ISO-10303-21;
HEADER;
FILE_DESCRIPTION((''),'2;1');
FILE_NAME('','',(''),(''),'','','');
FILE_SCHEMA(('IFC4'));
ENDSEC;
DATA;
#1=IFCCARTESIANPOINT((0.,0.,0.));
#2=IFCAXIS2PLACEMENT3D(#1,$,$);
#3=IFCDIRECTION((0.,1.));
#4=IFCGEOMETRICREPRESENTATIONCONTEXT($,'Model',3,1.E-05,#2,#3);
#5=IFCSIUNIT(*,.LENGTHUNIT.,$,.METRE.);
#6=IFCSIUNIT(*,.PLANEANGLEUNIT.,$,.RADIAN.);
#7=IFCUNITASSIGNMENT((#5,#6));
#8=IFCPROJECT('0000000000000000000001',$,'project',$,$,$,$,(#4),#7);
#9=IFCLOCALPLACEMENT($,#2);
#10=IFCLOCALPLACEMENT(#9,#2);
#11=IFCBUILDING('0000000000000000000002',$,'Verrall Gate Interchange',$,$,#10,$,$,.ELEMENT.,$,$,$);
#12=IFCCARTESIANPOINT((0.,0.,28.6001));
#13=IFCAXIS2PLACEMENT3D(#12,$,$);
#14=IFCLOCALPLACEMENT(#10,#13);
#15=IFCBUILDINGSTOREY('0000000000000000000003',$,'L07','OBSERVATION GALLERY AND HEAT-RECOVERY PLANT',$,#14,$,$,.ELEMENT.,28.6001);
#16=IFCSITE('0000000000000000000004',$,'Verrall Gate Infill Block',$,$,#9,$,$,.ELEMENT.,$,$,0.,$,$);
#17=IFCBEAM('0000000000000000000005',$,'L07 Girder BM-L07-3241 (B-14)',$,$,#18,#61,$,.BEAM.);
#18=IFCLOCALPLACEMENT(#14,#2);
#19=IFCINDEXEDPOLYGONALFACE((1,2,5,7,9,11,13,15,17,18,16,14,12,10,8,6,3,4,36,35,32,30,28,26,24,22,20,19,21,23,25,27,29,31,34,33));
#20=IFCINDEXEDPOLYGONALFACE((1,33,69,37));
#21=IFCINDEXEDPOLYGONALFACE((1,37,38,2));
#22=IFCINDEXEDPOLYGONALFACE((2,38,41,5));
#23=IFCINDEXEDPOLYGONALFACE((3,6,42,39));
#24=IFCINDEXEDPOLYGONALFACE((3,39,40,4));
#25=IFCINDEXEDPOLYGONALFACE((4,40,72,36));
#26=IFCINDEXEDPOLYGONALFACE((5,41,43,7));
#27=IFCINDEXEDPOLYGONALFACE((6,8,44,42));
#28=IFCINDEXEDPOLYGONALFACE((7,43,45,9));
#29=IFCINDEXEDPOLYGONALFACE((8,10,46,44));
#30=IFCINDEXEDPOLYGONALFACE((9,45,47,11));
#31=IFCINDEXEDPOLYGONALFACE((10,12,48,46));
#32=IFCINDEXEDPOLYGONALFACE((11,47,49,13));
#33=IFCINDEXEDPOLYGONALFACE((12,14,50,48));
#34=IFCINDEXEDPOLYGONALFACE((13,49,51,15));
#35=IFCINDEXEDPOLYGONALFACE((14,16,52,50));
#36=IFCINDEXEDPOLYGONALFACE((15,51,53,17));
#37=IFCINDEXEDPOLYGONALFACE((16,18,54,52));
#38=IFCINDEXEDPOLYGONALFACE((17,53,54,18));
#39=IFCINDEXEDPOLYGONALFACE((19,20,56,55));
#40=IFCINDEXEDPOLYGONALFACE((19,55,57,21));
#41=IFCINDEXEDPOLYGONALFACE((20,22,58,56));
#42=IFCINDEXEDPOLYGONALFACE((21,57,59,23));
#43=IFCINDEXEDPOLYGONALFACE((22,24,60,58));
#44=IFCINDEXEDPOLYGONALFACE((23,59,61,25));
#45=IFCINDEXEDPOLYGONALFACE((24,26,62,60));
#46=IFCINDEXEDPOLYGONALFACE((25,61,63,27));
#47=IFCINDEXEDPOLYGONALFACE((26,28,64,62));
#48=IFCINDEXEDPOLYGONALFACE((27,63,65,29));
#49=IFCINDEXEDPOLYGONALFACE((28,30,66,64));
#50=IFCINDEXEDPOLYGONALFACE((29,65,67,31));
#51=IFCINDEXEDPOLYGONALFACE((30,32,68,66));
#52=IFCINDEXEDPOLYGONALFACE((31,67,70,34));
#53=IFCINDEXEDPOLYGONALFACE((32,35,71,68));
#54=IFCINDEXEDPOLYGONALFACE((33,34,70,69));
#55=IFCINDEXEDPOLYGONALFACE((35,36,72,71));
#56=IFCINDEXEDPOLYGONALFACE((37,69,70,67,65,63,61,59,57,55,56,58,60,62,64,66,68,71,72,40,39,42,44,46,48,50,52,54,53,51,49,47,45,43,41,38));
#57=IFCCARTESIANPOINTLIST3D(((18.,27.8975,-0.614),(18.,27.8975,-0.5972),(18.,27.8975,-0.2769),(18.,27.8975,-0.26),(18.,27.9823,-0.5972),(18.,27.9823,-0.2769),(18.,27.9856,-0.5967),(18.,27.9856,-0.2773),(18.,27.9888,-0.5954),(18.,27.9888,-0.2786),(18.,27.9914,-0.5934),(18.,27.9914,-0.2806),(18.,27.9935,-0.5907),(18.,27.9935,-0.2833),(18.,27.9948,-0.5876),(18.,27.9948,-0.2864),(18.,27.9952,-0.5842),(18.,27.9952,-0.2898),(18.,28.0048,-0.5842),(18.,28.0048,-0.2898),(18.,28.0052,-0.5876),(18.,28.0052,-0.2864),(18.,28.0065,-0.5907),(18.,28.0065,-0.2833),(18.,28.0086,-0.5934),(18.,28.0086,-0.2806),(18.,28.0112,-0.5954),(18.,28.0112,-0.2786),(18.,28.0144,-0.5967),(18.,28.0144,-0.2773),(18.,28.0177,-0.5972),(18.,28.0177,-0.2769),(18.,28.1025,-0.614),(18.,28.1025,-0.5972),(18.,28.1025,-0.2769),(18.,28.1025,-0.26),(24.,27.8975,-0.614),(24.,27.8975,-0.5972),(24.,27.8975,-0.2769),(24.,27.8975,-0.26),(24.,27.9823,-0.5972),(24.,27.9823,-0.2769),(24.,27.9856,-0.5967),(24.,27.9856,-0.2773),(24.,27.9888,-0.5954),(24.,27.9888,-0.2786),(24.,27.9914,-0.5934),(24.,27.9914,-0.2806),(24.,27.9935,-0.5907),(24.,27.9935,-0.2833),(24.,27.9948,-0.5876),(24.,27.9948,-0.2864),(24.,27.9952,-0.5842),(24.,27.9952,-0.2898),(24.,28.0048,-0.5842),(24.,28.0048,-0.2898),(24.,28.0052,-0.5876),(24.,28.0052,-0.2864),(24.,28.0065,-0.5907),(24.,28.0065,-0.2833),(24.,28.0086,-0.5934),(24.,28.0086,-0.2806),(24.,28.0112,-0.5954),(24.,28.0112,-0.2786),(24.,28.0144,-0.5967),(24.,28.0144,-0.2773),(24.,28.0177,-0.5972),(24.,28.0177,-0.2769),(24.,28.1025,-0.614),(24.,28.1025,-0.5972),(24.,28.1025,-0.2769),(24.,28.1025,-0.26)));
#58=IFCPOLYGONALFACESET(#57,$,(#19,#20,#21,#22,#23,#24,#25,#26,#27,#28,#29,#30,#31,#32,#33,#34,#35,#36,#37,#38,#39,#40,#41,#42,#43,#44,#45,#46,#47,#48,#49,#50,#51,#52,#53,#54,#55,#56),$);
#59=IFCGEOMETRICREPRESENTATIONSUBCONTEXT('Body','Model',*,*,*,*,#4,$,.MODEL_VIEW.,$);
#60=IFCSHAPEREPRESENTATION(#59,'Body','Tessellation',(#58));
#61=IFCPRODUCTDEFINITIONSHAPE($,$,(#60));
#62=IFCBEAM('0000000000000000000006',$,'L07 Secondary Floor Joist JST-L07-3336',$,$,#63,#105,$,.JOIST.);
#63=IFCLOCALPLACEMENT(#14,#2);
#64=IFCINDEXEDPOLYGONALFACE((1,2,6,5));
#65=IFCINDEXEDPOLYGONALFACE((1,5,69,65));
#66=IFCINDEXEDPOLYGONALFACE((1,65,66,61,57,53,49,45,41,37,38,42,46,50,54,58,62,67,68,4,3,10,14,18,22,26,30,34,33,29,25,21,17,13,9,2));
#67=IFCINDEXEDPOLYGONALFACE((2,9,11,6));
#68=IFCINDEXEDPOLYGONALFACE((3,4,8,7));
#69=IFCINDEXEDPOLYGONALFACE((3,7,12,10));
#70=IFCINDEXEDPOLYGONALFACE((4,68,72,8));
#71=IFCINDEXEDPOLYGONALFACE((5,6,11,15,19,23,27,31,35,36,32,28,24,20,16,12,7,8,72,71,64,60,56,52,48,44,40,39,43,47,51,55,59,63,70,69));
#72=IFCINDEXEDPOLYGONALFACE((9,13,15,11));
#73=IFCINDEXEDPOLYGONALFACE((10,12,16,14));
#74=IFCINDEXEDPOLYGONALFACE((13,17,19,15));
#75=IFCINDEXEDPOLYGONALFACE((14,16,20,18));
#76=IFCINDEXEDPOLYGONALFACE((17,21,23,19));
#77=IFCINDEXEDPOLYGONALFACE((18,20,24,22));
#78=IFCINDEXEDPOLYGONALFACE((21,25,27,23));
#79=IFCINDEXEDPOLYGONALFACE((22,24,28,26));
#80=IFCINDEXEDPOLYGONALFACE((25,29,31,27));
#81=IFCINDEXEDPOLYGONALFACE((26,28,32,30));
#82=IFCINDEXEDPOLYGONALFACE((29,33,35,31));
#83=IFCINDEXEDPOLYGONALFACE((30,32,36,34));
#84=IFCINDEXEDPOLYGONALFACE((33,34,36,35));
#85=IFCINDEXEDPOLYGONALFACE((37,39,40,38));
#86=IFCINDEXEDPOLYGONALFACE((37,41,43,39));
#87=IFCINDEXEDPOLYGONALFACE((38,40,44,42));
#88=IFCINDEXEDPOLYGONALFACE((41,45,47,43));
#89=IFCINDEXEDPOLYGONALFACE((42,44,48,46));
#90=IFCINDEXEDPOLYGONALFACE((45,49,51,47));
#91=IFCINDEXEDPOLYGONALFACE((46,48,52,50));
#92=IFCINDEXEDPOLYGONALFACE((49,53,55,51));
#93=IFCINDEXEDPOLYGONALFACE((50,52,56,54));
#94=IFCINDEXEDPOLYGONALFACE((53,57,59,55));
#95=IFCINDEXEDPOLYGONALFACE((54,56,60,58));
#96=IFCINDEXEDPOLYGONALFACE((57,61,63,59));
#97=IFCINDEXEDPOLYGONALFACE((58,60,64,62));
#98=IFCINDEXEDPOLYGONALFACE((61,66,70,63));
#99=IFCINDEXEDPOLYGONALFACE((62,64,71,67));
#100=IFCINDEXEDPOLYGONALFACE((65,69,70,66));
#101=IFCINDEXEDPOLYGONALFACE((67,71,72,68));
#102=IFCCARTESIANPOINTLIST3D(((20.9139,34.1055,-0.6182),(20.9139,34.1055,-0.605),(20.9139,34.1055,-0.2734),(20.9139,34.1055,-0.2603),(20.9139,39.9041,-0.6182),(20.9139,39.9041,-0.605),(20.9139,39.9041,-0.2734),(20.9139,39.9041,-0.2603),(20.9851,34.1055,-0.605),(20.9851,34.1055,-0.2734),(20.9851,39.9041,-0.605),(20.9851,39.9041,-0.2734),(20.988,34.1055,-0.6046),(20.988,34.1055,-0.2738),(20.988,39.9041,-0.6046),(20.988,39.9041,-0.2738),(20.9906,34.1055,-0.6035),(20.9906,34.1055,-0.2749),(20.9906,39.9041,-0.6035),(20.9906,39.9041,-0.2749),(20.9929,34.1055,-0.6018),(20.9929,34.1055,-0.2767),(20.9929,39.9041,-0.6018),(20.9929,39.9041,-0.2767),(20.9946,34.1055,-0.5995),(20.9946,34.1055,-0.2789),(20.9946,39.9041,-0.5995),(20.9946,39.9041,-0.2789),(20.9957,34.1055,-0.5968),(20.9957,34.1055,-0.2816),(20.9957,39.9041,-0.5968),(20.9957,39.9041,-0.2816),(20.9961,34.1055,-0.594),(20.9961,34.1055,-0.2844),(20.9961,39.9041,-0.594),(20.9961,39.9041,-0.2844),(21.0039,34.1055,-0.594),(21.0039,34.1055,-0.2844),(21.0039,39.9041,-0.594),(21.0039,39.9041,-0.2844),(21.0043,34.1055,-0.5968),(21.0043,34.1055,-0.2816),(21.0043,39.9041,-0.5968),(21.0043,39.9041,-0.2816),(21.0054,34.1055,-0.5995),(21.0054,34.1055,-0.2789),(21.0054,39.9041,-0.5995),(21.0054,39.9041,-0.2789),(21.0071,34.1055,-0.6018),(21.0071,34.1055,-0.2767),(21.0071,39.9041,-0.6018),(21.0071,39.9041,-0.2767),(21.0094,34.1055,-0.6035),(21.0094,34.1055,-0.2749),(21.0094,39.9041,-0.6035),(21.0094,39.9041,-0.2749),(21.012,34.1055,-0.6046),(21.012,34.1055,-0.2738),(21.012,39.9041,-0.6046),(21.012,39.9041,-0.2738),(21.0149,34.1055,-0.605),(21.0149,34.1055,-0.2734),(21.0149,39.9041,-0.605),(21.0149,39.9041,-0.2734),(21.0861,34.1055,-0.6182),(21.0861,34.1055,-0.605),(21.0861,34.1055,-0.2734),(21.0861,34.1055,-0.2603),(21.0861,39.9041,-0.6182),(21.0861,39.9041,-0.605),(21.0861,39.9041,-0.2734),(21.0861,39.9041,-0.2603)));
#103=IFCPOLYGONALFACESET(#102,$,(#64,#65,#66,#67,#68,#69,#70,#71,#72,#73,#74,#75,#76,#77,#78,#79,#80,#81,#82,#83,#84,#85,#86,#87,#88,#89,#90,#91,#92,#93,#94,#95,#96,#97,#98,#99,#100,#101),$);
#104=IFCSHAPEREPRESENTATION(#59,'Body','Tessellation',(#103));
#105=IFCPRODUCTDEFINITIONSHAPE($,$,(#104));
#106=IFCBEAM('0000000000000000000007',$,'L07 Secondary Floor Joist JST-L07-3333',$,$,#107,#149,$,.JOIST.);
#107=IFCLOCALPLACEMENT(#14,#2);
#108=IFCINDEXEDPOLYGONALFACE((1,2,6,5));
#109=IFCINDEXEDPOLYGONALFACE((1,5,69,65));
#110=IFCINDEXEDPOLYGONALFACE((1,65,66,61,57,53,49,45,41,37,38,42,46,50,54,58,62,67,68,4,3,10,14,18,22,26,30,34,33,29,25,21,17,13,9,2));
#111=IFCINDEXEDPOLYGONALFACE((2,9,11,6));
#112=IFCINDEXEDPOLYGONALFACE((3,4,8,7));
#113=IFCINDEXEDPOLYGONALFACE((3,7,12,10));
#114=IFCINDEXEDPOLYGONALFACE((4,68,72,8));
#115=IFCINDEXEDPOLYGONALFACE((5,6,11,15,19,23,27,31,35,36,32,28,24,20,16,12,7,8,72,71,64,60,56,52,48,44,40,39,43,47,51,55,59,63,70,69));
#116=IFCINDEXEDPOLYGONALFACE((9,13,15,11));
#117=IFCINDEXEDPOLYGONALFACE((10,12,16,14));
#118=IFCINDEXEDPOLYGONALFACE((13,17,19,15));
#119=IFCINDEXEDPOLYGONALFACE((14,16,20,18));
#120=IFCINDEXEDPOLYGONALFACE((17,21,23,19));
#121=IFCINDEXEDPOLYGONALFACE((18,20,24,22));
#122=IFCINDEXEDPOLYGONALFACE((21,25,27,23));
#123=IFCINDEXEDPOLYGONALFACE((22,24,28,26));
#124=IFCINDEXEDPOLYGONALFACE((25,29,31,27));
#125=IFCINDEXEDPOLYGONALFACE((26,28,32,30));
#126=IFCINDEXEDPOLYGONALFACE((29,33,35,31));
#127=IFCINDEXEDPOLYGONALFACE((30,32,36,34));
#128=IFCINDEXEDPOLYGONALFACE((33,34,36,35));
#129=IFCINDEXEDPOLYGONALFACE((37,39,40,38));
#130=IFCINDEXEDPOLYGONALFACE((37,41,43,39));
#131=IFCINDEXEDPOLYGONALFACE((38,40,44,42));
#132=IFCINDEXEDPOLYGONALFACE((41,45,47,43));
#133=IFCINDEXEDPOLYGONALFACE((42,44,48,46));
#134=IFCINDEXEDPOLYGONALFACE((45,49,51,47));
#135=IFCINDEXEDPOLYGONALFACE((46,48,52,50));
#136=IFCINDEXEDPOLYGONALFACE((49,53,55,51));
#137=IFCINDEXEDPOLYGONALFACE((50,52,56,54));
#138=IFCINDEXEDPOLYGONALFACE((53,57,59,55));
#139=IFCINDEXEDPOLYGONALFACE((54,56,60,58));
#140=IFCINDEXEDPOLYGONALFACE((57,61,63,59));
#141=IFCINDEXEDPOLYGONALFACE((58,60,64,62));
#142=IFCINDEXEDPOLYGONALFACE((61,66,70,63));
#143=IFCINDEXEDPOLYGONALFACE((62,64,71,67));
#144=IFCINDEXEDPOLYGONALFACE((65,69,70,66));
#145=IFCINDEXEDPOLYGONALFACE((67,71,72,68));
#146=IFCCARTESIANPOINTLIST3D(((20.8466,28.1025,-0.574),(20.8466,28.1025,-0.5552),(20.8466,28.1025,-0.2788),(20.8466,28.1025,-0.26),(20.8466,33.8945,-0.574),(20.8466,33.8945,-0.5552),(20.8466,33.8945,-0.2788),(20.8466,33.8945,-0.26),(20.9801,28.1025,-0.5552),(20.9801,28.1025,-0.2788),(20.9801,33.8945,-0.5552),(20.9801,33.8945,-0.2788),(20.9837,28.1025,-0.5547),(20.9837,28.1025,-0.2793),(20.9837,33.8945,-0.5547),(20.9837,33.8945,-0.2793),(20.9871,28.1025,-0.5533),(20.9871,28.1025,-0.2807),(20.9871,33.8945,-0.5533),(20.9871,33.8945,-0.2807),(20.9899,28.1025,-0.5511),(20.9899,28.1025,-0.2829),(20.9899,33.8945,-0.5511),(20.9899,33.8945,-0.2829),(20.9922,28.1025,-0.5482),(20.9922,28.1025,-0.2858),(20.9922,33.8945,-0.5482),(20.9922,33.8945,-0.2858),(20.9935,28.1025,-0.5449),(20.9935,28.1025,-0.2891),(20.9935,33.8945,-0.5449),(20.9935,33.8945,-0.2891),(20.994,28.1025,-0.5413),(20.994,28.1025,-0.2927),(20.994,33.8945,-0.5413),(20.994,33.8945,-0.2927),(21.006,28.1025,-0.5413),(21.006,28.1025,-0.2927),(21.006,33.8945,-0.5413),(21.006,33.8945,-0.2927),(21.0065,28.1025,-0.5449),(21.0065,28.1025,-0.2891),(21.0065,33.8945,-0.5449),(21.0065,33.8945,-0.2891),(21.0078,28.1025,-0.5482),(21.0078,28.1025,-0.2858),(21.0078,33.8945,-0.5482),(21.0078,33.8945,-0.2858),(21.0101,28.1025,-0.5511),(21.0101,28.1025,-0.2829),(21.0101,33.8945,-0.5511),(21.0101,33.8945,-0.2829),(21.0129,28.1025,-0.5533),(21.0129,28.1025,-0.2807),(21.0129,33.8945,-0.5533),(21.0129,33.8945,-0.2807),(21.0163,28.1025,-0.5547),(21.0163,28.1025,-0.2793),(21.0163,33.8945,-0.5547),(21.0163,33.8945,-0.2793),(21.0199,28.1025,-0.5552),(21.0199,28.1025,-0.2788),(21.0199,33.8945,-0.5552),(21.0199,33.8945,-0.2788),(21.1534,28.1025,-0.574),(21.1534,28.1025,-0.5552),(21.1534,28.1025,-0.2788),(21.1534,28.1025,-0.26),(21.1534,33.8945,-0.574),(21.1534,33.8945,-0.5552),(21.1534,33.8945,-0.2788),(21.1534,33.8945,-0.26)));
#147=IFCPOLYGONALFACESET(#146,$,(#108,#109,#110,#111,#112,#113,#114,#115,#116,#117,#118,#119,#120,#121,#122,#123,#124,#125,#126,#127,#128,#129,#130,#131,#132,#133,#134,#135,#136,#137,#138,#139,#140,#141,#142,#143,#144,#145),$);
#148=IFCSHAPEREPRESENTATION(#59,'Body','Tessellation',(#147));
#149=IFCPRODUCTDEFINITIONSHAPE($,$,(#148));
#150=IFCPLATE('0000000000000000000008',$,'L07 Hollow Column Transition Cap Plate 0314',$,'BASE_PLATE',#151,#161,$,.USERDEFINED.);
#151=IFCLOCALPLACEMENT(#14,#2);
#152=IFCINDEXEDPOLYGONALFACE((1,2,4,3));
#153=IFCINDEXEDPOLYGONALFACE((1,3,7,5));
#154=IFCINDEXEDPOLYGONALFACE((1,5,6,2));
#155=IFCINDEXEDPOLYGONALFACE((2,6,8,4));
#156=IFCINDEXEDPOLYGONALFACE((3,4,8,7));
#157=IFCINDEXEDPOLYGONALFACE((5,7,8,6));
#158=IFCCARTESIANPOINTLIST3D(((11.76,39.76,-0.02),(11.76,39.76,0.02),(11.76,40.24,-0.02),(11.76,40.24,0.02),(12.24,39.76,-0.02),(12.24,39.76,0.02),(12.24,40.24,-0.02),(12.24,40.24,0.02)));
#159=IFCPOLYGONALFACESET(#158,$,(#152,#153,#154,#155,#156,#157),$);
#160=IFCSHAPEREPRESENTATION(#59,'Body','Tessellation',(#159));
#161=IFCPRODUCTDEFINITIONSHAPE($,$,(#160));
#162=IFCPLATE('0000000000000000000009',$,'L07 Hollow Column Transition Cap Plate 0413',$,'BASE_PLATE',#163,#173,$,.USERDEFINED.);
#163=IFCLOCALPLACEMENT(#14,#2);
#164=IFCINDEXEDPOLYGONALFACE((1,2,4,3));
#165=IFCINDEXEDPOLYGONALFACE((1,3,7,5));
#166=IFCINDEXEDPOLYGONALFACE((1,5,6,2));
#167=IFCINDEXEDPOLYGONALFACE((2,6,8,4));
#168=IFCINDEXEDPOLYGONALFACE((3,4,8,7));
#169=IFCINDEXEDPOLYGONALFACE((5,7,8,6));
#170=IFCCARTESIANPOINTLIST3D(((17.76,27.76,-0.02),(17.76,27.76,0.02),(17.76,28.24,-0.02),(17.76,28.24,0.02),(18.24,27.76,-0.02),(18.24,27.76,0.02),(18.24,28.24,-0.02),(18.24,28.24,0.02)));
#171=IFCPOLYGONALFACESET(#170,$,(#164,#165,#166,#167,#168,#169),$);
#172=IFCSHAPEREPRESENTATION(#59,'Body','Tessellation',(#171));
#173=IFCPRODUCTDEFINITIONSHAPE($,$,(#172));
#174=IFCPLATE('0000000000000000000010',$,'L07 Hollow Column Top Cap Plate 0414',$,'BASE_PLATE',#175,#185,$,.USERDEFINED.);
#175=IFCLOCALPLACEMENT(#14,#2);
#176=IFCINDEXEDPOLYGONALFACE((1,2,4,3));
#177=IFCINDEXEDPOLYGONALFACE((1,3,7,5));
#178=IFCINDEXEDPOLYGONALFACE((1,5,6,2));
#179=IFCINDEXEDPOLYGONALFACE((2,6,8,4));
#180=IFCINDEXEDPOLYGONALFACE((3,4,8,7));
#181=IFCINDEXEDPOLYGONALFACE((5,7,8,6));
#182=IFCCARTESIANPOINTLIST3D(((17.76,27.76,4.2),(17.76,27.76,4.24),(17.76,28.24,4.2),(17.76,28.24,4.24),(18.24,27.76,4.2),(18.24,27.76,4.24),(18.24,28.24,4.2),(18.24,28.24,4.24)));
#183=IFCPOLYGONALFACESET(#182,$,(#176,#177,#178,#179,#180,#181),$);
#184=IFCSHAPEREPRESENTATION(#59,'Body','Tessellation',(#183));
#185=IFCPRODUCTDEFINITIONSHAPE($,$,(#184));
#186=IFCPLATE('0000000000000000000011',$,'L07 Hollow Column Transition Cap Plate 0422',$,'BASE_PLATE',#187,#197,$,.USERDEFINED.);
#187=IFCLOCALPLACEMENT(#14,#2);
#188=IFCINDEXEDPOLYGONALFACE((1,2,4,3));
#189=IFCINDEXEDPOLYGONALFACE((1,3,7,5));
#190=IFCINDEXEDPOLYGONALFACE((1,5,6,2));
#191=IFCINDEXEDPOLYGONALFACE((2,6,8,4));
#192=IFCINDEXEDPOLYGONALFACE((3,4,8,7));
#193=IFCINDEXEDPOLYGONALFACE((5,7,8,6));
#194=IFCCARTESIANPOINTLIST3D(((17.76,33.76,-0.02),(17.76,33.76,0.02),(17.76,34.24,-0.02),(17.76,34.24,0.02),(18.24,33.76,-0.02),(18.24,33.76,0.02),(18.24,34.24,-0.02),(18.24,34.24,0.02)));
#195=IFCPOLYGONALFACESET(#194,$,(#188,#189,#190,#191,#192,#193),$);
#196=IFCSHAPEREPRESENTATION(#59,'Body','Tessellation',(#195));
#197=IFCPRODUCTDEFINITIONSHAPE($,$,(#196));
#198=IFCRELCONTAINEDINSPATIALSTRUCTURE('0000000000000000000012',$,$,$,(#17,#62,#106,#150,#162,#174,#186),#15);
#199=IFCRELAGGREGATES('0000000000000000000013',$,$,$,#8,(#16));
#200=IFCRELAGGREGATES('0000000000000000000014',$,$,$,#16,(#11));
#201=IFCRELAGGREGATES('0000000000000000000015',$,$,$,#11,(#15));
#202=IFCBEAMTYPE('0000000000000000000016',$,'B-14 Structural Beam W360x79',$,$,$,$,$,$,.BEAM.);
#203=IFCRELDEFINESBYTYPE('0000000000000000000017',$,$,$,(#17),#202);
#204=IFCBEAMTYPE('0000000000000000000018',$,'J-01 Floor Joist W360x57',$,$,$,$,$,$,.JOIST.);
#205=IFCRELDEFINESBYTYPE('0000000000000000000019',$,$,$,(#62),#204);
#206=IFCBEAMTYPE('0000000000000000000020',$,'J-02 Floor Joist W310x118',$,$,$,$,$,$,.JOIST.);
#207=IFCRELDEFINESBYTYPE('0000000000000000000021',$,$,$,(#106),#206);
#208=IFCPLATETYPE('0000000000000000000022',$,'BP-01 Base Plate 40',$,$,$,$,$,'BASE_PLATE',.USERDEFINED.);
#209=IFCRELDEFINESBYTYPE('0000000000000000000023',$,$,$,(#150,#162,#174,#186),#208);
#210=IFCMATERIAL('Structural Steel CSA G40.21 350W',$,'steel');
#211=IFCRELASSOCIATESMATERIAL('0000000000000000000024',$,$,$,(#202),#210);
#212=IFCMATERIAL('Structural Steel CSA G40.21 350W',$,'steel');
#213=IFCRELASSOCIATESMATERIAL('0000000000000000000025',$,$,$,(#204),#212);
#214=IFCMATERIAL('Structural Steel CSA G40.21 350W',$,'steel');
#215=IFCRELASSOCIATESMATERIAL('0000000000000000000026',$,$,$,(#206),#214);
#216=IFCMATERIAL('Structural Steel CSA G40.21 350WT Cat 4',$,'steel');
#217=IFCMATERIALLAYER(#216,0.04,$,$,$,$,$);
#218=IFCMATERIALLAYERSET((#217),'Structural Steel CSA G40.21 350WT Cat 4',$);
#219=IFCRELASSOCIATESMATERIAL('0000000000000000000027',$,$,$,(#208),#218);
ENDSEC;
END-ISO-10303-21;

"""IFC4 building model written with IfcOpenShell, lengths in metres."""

from ifc_helpers import new_model, si_unit, direction, frame, origin, origin_2d, place, context, subcontext, project, spatial, rectangle, i_section, extrude, material, layer, layer_set, material_profile, profile_set, type_object, element, save


model = new_model("IFC4")

# Units and contexts
model_context = context("Model", 3, precision=1e-05, world=origin(), true_north=direction((0.0, 1.0)))
body_context = subcontext(model_context, "Body", "Model", "MODEL_VIEW")
ifc_project = project(units=[si_unit("LENGTHUNIT", "METRE"), si_unit("PLANEANGLEUNIT", "RADIAN")], contexts=[model_context])

# Site, building, storey
site_placement = place(None, origin())
site = spatial("IfcSite", under=ifc_project, at=site_placement, Name="Verrall Gate Infill Block", CompositionType="ELEMENT", RefElevation=0.0)
building_placement = place(site_placement, origin())
building = spatial("IfcBuilding", under=site, at=building_placement, Name="Verrall Gate Interchange", CompositionType="ELEMENT")
storey_placement = place(building_placement, frame((0.0, 0.0, 28.6001)))
storey = spatial("IfcBuildingStorey", under=building, at=storey_placement, Name="L07", Description="OBSERVATION GALLERY AND HEAT-RECOVERY PLANT", CompositionType="ELEMENT", Elevation=28.6001)

# Beams
ifc_material_1 = material(Name="Structural Steel CSA G40.21 350W", Category="steel")
ifc_material_profile_1 = material_profile(ifc_material_1, i_section(OverallWidth=0.2051, OverallDepth=0.354, WebThickness=0.0095, FlangeThickness=0.0168, FilletRadius=0.0129, at=origin_2d()), Name="W360x79")
ifc_profile_set_1 = profile_set([ifc_material_profile_1], Name="Structural Steel CSA G40.21 350W")
beam_type_1 = type_object("IfcBeamType", Name="B-14 Structural Beam W360x79", PredefinedType="BEAM", material=ifc_profile_set_1)
beam_1_placement = place(storey_placement, frame((18.0, 28.0, -0.437), z_axis=(1.0, 0.0, 0.0), x_axis=(0.0, 1.0, 0.0)))
element("IfcBeam", 1, at=beam_1_placement, inside=storey, type_object=beam_type_1, Name="L07 Girder BM-L07-3241 (B-14)", PredefinedType="BEAM", context=body_context, shape_type="SweptSolid", body=[
    extrude(i_section(OverallWidth=0.2051, OverallDepth=0.354, WebThickness=0.0095, FlangeThickness=0.0168, FilletRadius=0.0129, at=origin_2d()), origin(), (0.0, 0.0, 1.0), 6.0),
])
ifc_material_2 = material(Name="Structural Steel CSA G40.21 350W", Category="steel")
ifc_material_profile_2 = material_profile(ifc_material_2, i_section(OverallWidth=0.1721, OverallDepth=0.3579, WebThickness=0.0078, FlangeThickness=0.0132, FilletRadius=0.011, at=origin_2d()), Name="W360x57")
ifc_profile_set_2 = profile_set([ifc_material_profile_2], Name="Structural Steel CSA G40.21 350W")
beam_type_2 = type_object("IfcBeamType", Name="J-01 Floor Joist W360x57", PredefinedType="JOIST", material=ifc_profile_set_2)
beam_2_placement = place(storey_placement, frame((21.0, 34.1055, -0.4392), z_axis=(0.0, 1.0, 0.0), x_axis=(-1.0, 0.0, 0.0)))
element("IfcBeam", 2, at=beam_2_placement, inside=storey, type_object=beam_type_2, Name="L07 Secondary Floor Joist JST-L07-3336", PredefinedType="JOIST", context=body_context, shape_type="SweptSolid", body=[
    extrude(i_section(OverallWidth=0.1721, OverallDepth=0.3579, WebThickness=0.0078, FlangeThickness=0.0132, FilletRadius=0.011, at=origin_2d()), origin(), (0.0, 0.0, 1.0), 5.7986),
])
ifc_material_3 = material(Name="Structural Steel CSA G40.21 350W", Category="steel")
ifc_material_profile_3 = material_profile(ifc_material_3, i_section(OverallWidth=0.3069, OverallDepth=0.314, WebThickness=0.012, FlangeThickness=0.0188, FilletRadius=0.0139, at=origin_2d()), Name="W310x118")
ifc_profile_set_3 = profile_set([ifc_material_profile_3], Name="Structural Steel CSA G40.21 350W")
beam_type_3 = type_object("IfcBeamType", Name="J-02 Floor Joist W310x118", PredefinedType="JOIST", material=ifc_profile_set_3)
beam_3_placement = place(storey_placement, frame((21.0, 28.1025, -0.417), z_axis=(0.0, 1.0, 0.0), x_axis=(-1.0, 0.0, 0.0)))
element("IfcBeam", 3, at=beam_3_placement, inside=storey, type_object=beam_type_3, Name="L07 Secondary Floor Joist JST-L07-3333", PredefinedType="JOIST", context=body_context, shape_type="SweptSolid", body=[
    extrude(i_section(OverallWidth=0.3069, OverallDepth=0.314, WebThickness=0.012, FlangeThickness=0.0188, FilletRadius=0.0139, at=origin_2d()), origin(), (0.0, 0.0, 1.0), 5.792),
])

# Plates
ifc_material_4 = material(Name="Structural Steel CSA G40.21 350WT Cat 4", Category="steel")
ifc_layer_1 = layer(ifc_material_4, 0.04)
ifc_layer_set_1 = layer_set([ifc_layer_1], Name="Structural Steel CSA G40.21 350WT Cat 4")
plate_type = type_object("IfcPlateType", Name="BP-01 Base Plate 40", ElementType="BASE_PLATE", PredefinedType="USERDEFINED", material=ifc_layer_set_1)
for number, where, z_axis, x_axis, name in (
    (4, (12.0, 40.0, -0.02), (0.0, 0.0, 1.0), (1.0, 0.0, 0.0), "L07 Hollow Column Transition Cap Plate 0314"),
    (5, (18.0, 28.0, -0.02), (0.0, 0.0, 1.0), (1.0, 0.0, 0.0), "L07 Hollow Column Transition Cap Plate 0413"),
    (6, (18.0, 28.0, 4.2), (0.0, 0.0, 1.0), (1.0, 0.0, 0.0), "L07 Hollow Column Top Cap Plate 0414"),
    (7, (18.0, 34.0, -0.02), (0.0, 0.0, 1.0), (1.0, 0.0, 0.0), "L07 Hollow Column Transition Cap Plate 0422"),
):
    element("IfcPlate", number, at=place(storey_placement, frame(where, z_axis=z_axis, x_axis=x_axis)), inside=storey, type_object=plate_type, Name=name, ObjectType="BASE_PLATE", PredefinedType="USERDEFINED", context=body_context, shape_type="SweptSolid", body=[
        extrude(rectangle(XDim=0.48, YDim=0.48, at=origin_2d()), origin(), (0.0, 0.0, 1.0), 0.04),
    ])

save(model, "model.ifc")
